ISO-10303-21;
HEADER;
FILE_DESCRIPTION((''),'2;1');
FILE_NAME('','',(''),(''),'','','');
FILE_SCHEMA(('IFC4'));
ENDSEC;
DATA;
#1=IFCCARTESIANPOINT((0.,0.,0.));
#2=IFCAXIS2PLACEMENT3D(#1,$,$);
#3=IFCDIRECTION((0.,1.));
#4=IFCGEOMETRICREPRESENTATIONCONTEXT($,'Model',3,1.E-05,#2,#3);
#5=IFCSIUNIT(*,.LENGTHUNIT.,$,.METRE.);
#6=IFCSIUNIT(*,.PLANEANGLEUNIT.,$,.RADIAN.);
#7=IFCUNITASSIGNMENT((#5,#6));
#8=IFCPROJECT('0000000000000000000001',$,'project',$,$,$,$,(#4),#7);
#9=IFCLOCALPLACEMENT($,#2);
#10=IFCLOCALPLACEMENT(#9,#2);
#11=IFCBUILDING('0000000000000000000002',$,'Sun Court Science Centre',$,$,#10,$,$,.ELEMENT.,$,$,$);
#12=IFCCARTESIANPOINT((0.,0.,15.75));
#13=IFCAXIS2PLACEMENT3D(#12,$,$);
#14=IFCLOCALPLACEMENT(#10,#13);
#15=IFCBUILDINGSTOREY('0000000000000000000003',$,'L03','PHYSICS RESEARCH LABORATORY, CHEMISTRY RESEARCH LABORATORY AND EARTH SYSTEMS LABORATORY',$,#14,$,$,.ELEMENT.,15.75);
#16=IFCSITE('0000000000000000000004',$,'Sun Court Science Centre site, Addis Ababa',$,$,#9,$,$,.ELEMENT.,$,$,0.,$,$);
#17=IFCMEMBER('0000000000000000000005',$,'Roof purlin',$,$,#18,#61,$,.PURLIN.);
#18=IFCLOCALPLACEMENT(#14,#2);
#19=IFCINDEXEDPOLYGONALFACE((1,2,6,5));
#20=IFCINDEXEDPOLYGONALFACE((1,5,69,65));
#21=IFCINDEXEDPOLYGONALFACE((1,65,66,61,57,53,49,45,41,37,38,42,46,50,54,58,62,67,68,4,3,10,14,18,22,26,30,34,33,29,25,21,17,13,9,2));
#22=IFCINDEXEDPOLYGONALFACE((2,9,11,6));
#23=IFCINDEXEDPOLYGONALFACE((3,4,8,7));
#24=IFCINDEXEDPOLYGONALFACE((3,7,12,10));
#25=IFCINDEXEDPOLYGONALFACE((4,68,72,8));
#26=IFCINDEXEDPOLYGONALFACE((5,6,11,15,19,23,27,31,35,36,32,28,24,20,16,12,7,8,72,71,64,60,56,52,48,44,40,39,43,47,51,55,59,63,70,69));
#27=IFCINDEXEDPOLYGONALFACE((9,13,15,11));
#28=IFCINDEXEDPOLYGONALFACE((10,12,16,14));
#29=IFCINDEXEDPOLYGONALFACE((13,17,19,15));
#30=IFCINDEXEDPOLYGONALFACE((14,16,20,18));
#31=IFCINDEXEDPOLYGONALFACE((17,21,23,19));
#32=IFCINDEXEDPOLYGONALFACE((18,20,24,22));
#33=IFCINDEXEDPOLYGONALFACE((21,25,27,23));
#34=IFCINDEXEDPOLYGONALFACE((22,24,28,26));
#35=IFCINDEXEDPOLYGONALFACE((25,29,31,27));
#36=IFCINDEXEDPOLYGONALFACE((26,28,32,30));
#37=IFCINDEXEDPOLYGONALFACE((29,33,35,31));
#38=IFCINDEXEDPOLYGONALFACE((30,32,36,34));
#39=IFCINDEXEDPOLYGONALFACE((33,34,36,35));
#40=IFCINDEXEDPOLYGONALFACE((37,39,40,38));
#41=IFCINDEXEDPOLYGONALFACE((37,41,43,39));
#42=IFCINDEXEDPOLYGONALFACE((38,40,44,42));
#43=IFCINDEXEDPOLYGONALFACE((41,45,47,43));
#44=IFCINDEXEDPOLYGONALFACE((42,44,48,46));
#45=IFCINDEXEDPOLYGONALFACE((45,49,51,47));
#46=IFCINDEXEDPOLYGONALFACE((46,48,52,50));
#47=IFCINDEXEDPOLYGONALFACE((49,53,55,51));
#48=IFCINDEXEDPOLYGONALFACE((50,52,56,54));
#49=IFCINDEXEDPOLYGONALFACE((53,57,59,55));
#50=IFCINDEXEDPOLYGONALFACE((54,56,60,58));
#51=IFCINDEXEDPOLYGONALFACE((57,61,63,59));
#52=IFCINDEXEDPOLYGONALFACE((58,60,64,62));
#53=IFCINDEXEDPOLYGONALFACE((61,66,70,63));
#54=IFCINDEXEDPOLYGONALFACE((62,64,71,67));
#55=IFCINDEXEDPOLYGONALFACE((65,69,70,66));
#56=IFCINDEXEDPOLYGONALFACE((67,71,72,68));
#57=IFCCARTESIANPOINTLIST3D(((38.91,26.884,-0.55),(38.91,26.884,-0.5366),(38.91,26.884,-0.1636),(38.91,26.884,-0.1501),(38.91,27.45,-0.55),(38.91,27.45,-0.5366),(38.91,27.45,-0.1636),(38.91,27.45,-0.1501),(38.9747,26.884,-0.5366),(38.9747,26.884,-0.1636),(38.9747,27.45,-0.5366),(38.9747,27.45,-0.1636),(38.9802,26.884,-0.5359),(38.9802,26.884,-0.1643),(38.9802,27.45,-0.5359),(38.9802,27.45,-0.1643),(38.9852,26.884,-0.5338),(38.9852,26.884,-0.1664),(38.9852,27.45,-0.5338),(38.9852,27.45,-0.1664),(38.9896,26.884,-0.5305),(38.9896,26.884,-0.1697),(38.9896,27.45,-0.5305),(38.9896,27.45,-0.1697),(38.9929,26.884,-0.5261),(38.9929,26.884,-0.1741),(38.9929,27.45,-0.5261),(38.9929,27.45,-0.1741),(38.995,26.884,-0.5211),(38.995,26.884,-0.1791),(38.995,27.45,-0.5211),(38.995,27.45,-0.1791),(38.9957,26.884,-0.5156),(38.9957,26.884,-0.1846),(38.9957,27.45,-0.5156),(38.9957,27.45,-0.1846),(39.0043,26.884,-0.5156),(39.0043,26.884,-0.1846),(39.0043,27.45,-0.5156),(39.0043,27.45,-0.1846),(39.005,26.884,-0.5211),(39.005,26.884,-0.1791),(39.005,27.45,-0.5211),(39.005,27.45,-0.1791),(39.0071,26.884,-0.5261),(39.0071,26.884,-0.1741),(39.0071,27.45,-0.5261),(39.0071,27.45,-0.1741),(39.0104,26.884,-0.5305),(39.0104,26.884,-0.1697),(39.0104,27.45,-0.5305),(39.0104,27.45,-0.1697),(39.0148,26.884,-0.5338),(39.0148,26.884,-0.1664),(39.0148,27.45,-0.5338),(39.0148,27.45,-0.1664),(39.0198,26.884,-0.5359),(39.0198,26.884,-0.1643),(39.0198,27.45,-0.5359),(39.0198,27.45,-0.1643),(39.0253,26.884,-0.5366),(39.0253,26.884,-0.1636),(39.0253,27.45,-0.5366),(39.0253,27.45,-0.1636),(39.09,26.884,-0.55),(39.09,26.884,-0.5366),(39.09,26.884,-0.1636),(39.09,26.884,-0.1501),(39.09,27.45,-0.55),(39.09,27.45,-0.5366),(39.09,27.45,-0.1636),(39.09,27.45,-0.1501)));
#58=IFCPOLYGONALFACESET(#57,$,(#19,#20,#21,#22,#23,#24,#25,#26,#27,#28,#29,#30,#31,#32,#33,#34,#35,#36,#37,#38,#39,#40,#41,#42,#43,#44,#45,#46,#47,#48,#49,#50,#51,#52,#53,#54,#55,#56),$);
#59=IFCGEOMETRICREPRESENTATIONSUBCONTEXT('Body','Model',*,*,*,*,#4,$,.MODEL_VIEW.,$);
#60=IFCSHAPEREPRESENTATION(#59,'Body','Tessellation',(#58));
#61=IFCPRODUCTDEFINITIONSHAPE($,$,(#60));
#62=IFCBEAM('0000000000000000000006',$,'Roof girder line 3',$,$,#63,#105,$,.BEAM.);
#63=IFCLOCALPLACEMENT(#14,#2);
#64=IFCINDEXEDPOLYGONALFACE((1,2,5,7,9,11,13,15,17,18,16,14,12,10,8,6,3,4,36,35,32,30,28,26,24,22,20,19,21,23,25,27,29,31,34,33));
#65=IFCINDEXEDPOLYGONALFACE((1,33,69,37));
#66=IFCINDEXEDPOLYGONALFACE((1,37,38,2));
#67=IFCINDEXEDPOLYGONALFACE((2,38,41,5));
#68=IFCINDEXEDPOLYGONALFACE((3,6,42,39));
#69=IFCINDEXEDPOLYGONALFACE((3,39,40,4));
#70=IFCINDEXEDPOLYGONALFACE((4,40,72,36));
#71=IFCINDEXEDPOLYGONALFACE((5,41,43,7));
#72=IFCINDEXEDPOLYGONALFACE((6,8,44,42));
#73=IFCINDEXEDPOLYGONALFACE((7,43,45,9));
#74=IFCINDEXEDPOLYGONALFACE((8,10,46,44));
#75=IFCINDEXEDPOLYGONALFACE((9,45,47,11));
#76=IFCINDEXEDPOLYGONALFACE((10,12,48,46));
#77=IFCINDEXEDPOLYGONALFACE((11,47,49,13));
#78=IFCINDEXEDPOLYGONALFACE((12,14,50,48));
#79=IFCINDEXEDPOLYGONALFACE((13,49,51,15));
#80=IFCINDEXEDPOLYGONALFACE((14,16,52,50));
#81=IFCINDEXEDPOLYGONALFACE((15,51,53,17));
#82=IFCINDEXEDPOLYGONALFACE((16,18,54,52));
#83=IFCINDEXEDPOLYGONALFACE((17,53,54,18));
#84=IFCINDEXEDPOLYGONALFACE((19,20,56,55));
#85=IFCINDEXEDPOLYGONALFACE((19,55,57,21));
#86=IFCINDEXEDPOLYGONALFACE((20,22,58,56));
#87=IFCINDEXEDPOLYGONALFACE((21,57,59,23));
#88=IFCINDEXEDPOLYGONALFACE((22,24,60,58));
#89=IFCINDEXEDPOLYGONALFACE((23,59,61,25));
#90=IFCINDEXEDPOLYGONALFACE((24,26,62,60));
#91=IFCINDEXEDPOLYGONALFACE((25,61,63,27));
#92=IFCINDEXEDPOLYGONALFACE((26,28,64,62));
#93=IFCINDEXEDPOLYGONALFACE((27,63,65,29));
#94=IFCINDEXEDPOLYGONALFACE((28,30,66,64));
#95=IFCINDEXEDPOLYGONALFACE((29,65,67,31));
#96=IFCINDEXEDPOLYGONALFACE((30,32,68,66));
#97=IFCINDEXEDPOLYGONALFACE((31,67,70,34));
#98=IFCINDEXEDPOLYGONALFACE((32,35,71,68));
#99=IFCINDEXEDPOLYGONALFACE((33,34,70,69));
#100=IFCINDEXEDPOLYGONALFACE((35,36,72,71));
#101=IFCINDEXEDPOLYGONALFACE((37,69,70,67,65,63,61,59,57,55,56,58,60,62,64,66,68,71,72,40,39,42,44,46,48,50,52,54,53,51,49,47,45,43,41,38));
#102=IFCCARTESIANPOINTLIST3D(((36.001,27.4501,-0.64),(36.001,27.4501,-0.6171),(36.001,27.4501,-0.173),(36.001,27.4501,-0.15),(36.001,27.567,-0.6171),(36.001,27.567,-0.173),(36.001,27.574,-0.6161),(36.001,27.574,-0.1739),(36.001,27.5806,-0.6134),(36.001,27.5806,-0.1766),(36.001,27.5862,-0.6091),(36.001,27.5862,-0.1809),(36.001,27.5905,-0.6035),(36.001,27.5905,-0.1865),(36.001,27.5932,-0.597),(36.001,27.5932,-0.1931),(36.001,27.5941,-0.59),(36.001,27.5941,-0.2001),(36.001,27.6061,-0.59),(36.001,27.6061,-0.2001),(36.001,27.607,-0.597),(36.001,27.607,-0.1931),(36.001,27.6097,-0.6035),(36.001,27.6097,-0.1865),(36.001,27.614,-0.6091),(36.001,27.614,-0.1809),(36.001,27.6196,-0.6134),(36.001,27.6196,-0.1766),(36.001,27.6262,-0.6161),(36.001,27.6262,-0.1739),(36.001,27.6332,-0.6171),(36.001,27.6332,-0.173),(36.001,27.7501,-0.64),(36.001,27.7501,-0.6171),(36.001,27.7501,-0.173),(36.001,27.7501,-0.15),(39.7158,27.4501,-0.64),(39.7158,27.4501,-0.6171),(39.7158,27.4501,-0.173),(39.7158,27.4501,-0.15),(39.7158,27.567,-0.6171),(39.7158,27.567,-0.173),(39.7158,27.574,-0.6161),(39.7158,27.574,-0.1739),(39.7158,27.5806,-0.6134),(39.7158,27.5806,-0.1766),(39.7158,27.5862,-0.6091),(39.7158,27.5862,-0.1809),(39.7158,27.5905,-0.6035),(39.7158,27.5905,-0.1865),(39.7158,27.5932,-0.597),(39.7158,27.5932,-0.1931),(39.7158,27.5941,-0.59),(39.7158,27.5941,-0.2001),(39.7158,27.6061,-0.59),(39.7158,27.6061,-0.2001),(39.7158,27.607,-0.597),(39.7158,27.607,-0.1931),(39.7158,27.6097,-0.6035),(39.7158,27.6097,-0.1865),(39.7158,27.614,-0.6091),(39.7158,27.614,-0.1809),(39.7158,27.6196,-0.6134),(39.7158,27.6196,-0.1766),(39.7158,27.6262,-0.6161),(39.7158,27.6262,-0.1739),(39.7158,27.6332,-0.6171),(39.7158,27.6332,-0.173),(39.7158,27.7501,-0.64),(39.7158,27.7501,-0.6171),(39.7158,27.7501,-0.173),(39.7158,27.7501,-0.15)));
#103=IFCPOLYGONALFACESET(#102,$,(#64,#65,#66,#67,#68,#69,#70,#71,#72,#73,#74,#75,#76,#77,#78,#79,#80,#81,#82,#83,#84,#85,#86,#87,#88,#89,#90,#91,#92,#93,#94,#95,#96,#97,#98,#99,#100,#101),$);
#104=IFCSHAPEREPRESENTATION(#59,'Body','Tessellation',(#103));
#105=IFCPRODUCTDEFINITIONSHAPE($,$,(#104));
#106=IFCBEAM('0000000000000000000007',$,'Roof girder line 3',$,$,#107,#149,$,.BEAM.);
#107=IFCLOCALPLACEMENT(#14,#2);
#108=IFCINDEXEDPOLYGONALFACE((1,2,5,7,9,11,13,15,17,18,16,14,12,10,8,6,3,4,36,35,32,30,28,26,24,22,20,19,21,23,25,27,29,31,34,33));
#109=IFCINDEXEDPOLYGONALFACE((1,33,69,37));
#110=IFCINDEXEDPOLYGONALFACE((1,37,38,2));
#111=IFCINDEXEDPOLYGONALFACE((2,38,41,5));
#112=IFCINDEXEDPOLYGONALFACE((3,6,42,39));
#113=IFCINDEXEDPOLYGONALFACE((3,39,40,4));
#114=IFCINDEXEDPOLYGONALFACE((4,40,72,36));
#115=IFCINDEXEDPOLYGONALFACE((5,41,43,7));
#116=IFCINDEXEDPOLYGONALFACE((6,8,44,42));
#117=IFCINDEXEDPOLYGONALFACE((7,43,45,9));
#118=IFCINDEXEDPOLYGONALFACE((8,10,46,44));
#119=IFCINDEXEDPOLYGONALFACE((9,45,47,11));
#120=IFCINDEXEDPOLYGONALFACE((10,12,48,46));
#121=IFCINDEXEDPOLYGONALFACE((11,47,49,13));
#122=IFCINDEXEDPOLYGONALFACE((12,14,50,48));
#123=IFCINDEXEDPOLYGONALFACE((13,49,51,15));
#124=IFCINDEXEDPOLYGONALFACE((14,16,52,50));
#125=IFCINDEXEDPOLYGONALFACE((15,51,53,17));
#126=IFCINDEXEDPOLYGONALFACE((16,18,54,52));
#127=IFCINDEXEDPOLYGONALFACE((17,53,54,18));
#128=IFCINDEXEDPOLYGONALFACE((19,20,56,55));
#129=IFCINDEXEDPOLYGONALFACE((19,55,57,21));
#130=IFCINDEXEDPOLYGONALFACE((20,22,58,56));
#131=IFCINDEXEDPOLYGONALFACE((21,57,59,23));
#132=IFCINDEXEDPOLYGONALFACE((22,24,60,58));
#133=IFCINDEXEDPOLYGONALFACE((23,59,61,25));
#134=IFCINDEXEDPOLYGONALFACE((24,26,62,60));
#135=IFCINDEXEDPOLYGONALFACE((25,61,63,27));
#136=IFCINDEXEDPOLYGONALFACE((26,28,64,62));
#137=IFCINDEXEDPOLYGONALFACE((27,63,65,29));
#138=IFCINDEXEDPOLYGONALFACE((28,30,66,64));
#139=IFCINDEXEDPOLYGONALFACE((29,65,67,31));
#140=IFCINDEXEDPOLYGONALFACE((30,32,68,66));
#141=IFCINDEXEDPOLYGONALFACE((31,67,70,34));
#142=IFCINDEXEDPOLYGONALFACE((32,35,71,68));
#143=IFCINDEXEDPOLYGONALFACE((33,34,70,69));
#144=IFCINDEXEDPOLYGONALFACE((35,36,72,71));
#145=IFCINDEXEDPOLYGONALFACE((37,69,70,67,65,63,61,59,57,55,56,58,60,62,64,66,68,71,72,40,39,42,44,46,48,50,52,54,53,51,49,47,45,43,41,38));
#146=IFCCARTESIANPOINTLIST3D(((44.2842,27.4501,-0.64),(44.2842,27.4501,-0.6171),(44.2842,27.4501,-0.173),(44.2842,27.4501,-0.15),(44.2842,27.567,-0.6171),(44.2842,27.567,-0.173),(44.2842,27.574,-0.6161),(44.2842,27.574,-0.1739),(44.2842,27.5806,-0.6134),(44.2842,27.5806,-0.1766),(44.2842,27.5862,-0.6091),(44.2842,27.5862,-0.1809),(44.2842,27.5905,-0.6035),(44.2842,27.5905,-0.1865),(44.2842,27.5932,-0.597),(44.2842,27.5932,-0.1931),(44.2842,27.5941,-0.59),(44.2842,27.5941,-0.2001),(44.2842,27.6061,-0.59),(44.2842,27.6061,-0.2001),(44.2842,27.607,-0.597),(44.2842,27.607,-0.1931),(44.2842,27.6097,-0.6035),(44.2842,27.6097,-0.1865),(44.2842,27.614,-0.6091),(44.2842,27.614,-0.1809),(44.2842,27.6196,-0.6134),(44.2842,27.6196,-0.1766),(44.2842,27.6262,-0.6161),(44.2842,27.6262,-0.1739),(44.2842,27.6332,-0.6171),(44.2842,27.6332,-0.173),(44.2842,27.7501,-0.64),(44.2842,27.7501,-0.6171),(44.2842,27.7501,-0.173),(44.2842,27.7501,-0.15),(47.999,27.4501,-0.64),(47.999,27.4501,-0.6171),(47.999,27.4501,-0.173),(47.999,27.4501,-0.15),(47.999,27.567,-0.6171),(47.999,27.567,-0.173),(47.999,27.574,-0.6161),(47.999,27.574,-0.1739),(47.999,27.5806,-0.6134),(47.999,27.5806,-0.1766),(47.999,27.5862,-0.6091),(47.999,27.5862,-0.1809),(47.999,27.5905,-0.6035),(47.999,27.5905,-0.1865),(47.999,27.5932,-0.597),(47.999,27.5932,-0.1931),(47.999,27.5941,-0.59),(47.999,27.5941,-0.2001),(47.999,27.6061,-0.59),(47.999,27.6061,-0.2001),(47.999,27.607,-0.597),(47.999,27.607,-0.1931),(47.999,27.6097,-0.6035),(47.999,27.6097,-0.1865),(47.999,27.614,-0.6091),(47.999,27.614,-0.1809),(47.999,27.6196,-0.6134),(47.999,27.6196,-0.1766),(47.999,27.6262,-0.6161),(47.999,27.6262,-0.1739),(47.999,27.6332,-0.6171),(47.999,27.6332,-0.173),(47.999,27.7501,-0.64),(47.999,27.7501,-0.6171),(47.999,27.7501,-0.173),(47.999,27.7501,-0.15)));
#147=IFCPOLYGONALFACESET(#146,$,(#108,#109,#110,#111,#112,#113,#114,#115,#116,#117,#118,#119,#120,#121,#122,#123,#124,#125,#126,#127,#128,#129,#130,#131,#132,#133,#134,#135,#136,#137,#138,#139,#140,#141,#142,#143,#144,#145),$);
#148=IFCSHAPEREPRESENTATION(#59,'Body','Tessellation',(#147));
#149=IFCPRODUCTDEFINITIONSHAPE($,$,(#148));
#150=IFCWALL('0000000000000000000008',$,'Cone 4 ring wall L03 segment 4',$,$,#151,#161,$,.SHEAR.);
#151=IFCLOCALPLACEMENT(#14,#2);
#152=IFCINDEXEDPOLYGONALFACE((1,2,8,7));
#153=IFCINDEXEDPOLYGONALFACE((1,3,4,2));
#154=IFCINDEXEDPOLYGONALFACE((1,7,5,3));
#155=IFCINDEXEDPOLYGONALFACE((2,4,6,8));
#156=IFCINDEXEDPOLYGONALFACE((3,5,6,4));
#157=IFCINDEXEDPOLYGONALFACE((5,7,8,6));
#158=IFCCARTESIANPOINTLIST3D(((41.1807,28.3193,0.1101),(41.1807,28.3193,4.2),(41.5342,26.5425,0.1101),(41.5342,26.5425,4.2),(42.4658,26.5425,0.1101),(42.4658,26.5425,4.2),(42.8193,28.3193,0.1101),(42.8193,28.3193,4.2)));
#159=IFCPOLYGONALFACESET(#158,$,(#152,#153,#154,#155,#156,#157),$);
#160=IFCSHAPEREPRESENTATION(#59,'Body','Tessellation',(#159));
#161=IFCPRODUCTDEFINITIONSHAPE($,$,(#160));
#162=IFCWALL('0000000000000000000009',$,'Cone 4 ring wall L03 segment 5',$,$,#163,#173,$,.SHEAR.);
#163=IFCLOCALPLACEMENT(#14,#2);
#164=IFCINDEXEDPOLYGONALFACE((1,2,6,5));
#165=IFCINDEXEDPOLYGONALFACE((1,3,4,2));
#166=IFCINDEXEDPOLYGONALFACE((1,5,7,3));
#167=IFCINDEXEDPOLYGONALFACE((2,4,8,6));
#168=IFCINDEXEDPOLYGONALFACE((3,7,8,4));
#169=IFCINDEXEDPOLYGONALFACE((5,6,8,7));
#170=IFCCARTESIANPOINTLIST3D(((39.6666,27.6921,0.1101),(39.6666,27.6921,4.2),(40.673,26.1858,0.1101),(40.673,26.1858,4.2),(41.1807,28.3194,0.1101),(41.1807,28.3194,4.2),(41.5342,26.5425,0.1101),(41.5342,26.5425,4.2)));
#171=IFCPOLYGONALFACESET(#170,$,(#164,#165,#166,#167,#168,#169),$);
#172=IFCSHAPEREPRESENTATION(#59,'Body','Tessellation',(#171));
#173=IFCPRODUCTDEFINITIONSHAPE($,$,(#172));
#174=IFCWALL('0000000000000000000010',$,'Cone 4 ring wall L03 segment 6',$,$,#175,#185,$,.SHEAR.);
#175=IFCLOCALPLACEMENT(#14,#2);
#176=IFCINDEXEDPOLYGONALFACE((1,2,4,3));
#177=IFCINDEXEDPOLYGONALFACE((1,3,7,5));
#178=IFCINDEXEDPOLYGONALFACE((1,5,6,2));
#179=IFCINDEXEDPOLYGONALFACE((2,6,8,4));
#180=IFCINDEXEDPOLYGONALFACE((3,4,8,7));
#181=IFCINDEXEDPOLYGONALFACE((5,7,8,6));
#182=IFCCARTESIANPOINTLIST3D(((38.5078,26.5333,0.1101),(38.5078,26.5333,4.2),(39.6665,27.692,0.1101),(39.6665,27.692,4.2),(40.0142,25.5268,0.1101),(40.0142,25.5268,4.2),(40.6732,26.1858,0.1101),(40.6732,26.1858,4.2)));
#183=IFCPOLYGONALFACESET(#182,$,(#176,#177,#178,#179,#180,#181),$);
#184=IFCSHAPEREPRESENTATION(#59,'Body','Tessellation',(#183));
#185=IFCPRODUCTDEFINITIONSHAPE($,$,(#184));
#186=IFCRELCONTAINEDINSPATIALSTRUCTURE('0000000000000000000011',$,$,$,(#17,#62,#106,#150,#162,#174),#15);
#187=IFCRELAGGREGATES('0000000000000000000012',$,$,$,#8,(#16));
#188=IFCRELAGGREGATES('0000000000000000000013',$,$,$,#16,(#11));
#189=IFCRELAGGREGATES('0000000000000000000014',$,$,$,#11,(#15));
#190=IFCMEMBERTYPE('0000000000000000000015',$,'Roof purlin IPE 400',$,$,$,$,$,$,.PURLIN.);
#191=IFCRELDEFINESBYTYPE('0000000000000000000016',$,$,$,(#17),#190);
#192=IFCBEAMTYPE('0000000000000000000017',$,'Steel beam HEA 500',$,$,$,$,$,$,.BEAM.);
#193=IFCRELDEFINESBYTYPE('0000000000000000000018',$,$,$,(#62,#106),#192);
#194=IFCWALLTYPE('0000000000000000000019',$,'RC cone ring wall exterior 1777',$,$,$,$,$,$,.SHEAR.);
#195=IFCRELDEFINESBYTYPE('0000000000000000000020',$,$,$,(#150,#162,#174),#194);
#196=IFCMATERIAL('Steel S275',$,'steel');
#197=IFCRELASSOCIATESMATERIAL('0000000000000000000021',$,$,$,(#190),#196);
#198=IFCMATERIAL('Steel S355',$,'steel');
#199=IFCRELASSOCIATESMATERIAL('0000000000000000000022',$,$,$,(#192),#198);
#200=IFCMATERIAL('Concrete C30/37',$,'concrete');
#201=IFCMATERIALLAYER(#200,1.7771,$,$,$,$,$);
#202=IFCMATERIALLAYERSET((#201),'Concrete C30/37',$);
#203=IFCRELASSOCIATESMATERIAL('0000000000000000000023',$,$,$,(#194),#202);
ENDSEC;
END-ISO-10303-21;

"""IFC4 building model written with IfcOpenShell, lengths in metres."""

from ifc_helpers import new_model, si_unit, direction, frame, origin, origin_2d, place, context, subcontext, project, spatial, polyline, i_section, outline, extrude, material, layer, layer_set, material_profile, profile_set, type_object, element, save


model = new_model("IFC4")

# Units and contexts
model_context = context("Model", 3, precision=1e-05, world=origin(), true_north=direction((0.0, 1.0)))
body_context = subcontext(model_context, "Body", "Model", "MODEL_VIEW")
ifc_project = project(units=[si_unit("LENGTHUNIT", "METRE"), si_unit("PLANEANGLEUNIT", "RADIAN")], contexts=[model_context])

# Site, building, storey
site_placement = place(None, origin())
site = spatial("IfcSite", under=ifc_project, at=site_placement, Name="Sun Court Science Centre site, Addis Ababa", CompositionType="ELEMENT", RefElevation=0.0)
building_placement = place(site_placement, origin())
building = spatial("IfcBuilding", under=site, at=building_placement, Name="Sun Court Science Centre", CompositionType="ELEMENT")
storey_placement = place(building_placement, frame((0.0, 0.0, 15.75)))
storey = spatial("IfcBuildingStorey", under=building, at=storey_placement, Name="L03", Description="PHYSICS RESEARCH LABORATORY, CHEMISTRY RESEARCH LABORATORY AND EARTH SYSTEMS LABORATORY", CompositionType="ELEMENT", Elevation=15.75)

# Member
ifc_material_1 = material(Name="Steel S275", Category="steel")
ifc_material_profile_1 = material_profile(ifc_material_1, i_section(OverallWidth=0.1799, OverallDepth=0.3999, WebThickness=0.0085, FlangeThickness=0.0134, FilletRadius=0.021, at=origin_2d()), Name="IPE 400")
ifc_profile_set_1 = profile_set([ifc_material_profile_1], Name="Steel S275")
member_type = type_object("IfcMemberType", Name="Roof purlin IPE 400", PredefinedType="PURLIN", material=ifc_profile_set_1)
member_placement = place(storey_placement, frame((39.0, 26.884, -0.3501), z_axis=(0.0, 1.0, 0.0), x_axis=(-1.0, 0.0, 0.0)))
element("IfcMember", 1, at=member_placement, inside=storey, type_object=member_type, Name="Roof purlin", PredefinedType="PURLIN", context=body_context, shape_type="SweptSolid", body=[
    extrude(i_section(OverallWidth=0.1799, OverallDepth=0.3999, WebThickness=0.0085, FlangeThickness=0.0134, FilletRadius=0.021, at=origin_2d()), origin(), (0.0, 0.0, 1.0), 0.5659),
])

# Beams
ifc_material_2 = material(Name="Steel S355", Category="steel")
ifc_material_profile_2 = material_profile(ifc_material_2, i_section(OverallWidth=0.3, OverallDepth=0.49, WebThickness=0.012, FlangeThickness=0.0229, FilletRadius=0.0271, at=origin_2d()), Name="HEA 500")
ifc_profile_set_2 = profile_set([ifc_material_profile_2], Name="Steel S355")
beam_type = type_object("IfcBeamType", Name="Steel beam HEA 500", PredefinedType="BEAM", material=ifc_profile_set_2)
for number, where, z_axis, x_axis, name in (
    (2, (36.001, 27.6001, -0.395), (1.0, 0.0, 0.0), (0.0, 1.0, 0.0), "Roof girder line 3"),
    (3, (44.2842, 27.6001, -0.395), (1.0, 0.0, 0.0), (0.0, 1.0, 0.0), "Roof girder line 3"),
):
    element("IfcBeam", number, at=place(storey_placement, frame(where, z_axis=z_axis, x_axis=x_axis)), inside=storey, type_object=beam_type, Name=name, PredefinedType="BEAM", context=body_context, shape_type="SweptSolid", body=[
        extrude(i_section(OverallWidth=0.3, OverallDepth=0.49, WebThickness=0.012, FlangeThickness=0.0229, FilletRadius=0.0271, at=origin_2d()), origin(), (0.0, 0.0, 1.0), 3.7148),
    ])

# Walls
ifc_material_3 = material(Name="Concrete C30/37", Category="concrete")
ifc_layer_1 = layer(ifc_material_3, 1.7771)
ifc_layer_set_1 = layer_set([ifc_layer_1], Name="Concrete C30/37")
wall_type_1 = type_object("IfcWallType", Name="RC cone ring wall exterior 1777", PredefinedType="SHEAR", material=ifc_layer_set_1)
wall_1_placement = place(storey_placement, frame((42.8193, 27.4309, 0.1101), z_axis=(0.0, 0.0, 1.0), x_axis=(-1.0, 0.0, 0.0)))
element("IfcWall", 4, at=wall_1_placement, inside=storey, type_object=wall_type_1, Name="Cone 4 ring wall L03 segment 4", PredefinedType="SHEAR", context=body_context, shape_type="SweptSolid", body=[
    extrude(outline(polyline([(0.0, -0.8884), (1.6387, -0.8884), (1.2852, 0.8884), (0.3535, 0.8884), (0.0, -0.8884)])), origin(), (0.0, 0.0, 1.0), 4.0898),
])
wall_2_placement = place(storey_placement, frame((41.5205, 27.4985, 0.1101), z_axis=(0.0, 0.0, 1.0), x_axis=(-0.923855, -0.382742, 0.0)))
element("IfcWall", 5, at=wall_2_placement, inside=storey, type_object=wall_type_1, Name="Cone 4 ring wall L03 segment 5", PredefinedType="SHEAR", context=body_context, shape_type="SweptSolid", body=[
    extrude(outline(polyline([(-0.0002, -0.8884), (1.6387, -0.8884), (1.2854, 0.8884), (0.3533, 0.8884), (-0.0002, -0.8884)])), origin(), (0.0, 0.0, 1.0), 4.0898),
])
wall_3_placement = place(storey_placement, frame((40.2949, 27.064, 0.1101), z_axis=(0.0, 0.0, 1.0), x_axis=(-0.707107, -0.707107, 0.0)))
element("IfcWall", 6, at=wall_3_placement, inside=storey, type_object=wall_type_1, Name="Cone 4 ring wall L03 segment 6", PredefinedType="SHEAR", context=body_context, shape_type="SweptSolid", body=[
    extrude(outline(polyline([(0.0002, -0.8884), (1.6389, -0.8884), (1.2854, 0.8884), (0.3535, 0.8884), (0.0002, -0.8884)])), origin(), (0.0, 0.0, 1.0), 4.0898),
])

save(model, "model.ifc")
